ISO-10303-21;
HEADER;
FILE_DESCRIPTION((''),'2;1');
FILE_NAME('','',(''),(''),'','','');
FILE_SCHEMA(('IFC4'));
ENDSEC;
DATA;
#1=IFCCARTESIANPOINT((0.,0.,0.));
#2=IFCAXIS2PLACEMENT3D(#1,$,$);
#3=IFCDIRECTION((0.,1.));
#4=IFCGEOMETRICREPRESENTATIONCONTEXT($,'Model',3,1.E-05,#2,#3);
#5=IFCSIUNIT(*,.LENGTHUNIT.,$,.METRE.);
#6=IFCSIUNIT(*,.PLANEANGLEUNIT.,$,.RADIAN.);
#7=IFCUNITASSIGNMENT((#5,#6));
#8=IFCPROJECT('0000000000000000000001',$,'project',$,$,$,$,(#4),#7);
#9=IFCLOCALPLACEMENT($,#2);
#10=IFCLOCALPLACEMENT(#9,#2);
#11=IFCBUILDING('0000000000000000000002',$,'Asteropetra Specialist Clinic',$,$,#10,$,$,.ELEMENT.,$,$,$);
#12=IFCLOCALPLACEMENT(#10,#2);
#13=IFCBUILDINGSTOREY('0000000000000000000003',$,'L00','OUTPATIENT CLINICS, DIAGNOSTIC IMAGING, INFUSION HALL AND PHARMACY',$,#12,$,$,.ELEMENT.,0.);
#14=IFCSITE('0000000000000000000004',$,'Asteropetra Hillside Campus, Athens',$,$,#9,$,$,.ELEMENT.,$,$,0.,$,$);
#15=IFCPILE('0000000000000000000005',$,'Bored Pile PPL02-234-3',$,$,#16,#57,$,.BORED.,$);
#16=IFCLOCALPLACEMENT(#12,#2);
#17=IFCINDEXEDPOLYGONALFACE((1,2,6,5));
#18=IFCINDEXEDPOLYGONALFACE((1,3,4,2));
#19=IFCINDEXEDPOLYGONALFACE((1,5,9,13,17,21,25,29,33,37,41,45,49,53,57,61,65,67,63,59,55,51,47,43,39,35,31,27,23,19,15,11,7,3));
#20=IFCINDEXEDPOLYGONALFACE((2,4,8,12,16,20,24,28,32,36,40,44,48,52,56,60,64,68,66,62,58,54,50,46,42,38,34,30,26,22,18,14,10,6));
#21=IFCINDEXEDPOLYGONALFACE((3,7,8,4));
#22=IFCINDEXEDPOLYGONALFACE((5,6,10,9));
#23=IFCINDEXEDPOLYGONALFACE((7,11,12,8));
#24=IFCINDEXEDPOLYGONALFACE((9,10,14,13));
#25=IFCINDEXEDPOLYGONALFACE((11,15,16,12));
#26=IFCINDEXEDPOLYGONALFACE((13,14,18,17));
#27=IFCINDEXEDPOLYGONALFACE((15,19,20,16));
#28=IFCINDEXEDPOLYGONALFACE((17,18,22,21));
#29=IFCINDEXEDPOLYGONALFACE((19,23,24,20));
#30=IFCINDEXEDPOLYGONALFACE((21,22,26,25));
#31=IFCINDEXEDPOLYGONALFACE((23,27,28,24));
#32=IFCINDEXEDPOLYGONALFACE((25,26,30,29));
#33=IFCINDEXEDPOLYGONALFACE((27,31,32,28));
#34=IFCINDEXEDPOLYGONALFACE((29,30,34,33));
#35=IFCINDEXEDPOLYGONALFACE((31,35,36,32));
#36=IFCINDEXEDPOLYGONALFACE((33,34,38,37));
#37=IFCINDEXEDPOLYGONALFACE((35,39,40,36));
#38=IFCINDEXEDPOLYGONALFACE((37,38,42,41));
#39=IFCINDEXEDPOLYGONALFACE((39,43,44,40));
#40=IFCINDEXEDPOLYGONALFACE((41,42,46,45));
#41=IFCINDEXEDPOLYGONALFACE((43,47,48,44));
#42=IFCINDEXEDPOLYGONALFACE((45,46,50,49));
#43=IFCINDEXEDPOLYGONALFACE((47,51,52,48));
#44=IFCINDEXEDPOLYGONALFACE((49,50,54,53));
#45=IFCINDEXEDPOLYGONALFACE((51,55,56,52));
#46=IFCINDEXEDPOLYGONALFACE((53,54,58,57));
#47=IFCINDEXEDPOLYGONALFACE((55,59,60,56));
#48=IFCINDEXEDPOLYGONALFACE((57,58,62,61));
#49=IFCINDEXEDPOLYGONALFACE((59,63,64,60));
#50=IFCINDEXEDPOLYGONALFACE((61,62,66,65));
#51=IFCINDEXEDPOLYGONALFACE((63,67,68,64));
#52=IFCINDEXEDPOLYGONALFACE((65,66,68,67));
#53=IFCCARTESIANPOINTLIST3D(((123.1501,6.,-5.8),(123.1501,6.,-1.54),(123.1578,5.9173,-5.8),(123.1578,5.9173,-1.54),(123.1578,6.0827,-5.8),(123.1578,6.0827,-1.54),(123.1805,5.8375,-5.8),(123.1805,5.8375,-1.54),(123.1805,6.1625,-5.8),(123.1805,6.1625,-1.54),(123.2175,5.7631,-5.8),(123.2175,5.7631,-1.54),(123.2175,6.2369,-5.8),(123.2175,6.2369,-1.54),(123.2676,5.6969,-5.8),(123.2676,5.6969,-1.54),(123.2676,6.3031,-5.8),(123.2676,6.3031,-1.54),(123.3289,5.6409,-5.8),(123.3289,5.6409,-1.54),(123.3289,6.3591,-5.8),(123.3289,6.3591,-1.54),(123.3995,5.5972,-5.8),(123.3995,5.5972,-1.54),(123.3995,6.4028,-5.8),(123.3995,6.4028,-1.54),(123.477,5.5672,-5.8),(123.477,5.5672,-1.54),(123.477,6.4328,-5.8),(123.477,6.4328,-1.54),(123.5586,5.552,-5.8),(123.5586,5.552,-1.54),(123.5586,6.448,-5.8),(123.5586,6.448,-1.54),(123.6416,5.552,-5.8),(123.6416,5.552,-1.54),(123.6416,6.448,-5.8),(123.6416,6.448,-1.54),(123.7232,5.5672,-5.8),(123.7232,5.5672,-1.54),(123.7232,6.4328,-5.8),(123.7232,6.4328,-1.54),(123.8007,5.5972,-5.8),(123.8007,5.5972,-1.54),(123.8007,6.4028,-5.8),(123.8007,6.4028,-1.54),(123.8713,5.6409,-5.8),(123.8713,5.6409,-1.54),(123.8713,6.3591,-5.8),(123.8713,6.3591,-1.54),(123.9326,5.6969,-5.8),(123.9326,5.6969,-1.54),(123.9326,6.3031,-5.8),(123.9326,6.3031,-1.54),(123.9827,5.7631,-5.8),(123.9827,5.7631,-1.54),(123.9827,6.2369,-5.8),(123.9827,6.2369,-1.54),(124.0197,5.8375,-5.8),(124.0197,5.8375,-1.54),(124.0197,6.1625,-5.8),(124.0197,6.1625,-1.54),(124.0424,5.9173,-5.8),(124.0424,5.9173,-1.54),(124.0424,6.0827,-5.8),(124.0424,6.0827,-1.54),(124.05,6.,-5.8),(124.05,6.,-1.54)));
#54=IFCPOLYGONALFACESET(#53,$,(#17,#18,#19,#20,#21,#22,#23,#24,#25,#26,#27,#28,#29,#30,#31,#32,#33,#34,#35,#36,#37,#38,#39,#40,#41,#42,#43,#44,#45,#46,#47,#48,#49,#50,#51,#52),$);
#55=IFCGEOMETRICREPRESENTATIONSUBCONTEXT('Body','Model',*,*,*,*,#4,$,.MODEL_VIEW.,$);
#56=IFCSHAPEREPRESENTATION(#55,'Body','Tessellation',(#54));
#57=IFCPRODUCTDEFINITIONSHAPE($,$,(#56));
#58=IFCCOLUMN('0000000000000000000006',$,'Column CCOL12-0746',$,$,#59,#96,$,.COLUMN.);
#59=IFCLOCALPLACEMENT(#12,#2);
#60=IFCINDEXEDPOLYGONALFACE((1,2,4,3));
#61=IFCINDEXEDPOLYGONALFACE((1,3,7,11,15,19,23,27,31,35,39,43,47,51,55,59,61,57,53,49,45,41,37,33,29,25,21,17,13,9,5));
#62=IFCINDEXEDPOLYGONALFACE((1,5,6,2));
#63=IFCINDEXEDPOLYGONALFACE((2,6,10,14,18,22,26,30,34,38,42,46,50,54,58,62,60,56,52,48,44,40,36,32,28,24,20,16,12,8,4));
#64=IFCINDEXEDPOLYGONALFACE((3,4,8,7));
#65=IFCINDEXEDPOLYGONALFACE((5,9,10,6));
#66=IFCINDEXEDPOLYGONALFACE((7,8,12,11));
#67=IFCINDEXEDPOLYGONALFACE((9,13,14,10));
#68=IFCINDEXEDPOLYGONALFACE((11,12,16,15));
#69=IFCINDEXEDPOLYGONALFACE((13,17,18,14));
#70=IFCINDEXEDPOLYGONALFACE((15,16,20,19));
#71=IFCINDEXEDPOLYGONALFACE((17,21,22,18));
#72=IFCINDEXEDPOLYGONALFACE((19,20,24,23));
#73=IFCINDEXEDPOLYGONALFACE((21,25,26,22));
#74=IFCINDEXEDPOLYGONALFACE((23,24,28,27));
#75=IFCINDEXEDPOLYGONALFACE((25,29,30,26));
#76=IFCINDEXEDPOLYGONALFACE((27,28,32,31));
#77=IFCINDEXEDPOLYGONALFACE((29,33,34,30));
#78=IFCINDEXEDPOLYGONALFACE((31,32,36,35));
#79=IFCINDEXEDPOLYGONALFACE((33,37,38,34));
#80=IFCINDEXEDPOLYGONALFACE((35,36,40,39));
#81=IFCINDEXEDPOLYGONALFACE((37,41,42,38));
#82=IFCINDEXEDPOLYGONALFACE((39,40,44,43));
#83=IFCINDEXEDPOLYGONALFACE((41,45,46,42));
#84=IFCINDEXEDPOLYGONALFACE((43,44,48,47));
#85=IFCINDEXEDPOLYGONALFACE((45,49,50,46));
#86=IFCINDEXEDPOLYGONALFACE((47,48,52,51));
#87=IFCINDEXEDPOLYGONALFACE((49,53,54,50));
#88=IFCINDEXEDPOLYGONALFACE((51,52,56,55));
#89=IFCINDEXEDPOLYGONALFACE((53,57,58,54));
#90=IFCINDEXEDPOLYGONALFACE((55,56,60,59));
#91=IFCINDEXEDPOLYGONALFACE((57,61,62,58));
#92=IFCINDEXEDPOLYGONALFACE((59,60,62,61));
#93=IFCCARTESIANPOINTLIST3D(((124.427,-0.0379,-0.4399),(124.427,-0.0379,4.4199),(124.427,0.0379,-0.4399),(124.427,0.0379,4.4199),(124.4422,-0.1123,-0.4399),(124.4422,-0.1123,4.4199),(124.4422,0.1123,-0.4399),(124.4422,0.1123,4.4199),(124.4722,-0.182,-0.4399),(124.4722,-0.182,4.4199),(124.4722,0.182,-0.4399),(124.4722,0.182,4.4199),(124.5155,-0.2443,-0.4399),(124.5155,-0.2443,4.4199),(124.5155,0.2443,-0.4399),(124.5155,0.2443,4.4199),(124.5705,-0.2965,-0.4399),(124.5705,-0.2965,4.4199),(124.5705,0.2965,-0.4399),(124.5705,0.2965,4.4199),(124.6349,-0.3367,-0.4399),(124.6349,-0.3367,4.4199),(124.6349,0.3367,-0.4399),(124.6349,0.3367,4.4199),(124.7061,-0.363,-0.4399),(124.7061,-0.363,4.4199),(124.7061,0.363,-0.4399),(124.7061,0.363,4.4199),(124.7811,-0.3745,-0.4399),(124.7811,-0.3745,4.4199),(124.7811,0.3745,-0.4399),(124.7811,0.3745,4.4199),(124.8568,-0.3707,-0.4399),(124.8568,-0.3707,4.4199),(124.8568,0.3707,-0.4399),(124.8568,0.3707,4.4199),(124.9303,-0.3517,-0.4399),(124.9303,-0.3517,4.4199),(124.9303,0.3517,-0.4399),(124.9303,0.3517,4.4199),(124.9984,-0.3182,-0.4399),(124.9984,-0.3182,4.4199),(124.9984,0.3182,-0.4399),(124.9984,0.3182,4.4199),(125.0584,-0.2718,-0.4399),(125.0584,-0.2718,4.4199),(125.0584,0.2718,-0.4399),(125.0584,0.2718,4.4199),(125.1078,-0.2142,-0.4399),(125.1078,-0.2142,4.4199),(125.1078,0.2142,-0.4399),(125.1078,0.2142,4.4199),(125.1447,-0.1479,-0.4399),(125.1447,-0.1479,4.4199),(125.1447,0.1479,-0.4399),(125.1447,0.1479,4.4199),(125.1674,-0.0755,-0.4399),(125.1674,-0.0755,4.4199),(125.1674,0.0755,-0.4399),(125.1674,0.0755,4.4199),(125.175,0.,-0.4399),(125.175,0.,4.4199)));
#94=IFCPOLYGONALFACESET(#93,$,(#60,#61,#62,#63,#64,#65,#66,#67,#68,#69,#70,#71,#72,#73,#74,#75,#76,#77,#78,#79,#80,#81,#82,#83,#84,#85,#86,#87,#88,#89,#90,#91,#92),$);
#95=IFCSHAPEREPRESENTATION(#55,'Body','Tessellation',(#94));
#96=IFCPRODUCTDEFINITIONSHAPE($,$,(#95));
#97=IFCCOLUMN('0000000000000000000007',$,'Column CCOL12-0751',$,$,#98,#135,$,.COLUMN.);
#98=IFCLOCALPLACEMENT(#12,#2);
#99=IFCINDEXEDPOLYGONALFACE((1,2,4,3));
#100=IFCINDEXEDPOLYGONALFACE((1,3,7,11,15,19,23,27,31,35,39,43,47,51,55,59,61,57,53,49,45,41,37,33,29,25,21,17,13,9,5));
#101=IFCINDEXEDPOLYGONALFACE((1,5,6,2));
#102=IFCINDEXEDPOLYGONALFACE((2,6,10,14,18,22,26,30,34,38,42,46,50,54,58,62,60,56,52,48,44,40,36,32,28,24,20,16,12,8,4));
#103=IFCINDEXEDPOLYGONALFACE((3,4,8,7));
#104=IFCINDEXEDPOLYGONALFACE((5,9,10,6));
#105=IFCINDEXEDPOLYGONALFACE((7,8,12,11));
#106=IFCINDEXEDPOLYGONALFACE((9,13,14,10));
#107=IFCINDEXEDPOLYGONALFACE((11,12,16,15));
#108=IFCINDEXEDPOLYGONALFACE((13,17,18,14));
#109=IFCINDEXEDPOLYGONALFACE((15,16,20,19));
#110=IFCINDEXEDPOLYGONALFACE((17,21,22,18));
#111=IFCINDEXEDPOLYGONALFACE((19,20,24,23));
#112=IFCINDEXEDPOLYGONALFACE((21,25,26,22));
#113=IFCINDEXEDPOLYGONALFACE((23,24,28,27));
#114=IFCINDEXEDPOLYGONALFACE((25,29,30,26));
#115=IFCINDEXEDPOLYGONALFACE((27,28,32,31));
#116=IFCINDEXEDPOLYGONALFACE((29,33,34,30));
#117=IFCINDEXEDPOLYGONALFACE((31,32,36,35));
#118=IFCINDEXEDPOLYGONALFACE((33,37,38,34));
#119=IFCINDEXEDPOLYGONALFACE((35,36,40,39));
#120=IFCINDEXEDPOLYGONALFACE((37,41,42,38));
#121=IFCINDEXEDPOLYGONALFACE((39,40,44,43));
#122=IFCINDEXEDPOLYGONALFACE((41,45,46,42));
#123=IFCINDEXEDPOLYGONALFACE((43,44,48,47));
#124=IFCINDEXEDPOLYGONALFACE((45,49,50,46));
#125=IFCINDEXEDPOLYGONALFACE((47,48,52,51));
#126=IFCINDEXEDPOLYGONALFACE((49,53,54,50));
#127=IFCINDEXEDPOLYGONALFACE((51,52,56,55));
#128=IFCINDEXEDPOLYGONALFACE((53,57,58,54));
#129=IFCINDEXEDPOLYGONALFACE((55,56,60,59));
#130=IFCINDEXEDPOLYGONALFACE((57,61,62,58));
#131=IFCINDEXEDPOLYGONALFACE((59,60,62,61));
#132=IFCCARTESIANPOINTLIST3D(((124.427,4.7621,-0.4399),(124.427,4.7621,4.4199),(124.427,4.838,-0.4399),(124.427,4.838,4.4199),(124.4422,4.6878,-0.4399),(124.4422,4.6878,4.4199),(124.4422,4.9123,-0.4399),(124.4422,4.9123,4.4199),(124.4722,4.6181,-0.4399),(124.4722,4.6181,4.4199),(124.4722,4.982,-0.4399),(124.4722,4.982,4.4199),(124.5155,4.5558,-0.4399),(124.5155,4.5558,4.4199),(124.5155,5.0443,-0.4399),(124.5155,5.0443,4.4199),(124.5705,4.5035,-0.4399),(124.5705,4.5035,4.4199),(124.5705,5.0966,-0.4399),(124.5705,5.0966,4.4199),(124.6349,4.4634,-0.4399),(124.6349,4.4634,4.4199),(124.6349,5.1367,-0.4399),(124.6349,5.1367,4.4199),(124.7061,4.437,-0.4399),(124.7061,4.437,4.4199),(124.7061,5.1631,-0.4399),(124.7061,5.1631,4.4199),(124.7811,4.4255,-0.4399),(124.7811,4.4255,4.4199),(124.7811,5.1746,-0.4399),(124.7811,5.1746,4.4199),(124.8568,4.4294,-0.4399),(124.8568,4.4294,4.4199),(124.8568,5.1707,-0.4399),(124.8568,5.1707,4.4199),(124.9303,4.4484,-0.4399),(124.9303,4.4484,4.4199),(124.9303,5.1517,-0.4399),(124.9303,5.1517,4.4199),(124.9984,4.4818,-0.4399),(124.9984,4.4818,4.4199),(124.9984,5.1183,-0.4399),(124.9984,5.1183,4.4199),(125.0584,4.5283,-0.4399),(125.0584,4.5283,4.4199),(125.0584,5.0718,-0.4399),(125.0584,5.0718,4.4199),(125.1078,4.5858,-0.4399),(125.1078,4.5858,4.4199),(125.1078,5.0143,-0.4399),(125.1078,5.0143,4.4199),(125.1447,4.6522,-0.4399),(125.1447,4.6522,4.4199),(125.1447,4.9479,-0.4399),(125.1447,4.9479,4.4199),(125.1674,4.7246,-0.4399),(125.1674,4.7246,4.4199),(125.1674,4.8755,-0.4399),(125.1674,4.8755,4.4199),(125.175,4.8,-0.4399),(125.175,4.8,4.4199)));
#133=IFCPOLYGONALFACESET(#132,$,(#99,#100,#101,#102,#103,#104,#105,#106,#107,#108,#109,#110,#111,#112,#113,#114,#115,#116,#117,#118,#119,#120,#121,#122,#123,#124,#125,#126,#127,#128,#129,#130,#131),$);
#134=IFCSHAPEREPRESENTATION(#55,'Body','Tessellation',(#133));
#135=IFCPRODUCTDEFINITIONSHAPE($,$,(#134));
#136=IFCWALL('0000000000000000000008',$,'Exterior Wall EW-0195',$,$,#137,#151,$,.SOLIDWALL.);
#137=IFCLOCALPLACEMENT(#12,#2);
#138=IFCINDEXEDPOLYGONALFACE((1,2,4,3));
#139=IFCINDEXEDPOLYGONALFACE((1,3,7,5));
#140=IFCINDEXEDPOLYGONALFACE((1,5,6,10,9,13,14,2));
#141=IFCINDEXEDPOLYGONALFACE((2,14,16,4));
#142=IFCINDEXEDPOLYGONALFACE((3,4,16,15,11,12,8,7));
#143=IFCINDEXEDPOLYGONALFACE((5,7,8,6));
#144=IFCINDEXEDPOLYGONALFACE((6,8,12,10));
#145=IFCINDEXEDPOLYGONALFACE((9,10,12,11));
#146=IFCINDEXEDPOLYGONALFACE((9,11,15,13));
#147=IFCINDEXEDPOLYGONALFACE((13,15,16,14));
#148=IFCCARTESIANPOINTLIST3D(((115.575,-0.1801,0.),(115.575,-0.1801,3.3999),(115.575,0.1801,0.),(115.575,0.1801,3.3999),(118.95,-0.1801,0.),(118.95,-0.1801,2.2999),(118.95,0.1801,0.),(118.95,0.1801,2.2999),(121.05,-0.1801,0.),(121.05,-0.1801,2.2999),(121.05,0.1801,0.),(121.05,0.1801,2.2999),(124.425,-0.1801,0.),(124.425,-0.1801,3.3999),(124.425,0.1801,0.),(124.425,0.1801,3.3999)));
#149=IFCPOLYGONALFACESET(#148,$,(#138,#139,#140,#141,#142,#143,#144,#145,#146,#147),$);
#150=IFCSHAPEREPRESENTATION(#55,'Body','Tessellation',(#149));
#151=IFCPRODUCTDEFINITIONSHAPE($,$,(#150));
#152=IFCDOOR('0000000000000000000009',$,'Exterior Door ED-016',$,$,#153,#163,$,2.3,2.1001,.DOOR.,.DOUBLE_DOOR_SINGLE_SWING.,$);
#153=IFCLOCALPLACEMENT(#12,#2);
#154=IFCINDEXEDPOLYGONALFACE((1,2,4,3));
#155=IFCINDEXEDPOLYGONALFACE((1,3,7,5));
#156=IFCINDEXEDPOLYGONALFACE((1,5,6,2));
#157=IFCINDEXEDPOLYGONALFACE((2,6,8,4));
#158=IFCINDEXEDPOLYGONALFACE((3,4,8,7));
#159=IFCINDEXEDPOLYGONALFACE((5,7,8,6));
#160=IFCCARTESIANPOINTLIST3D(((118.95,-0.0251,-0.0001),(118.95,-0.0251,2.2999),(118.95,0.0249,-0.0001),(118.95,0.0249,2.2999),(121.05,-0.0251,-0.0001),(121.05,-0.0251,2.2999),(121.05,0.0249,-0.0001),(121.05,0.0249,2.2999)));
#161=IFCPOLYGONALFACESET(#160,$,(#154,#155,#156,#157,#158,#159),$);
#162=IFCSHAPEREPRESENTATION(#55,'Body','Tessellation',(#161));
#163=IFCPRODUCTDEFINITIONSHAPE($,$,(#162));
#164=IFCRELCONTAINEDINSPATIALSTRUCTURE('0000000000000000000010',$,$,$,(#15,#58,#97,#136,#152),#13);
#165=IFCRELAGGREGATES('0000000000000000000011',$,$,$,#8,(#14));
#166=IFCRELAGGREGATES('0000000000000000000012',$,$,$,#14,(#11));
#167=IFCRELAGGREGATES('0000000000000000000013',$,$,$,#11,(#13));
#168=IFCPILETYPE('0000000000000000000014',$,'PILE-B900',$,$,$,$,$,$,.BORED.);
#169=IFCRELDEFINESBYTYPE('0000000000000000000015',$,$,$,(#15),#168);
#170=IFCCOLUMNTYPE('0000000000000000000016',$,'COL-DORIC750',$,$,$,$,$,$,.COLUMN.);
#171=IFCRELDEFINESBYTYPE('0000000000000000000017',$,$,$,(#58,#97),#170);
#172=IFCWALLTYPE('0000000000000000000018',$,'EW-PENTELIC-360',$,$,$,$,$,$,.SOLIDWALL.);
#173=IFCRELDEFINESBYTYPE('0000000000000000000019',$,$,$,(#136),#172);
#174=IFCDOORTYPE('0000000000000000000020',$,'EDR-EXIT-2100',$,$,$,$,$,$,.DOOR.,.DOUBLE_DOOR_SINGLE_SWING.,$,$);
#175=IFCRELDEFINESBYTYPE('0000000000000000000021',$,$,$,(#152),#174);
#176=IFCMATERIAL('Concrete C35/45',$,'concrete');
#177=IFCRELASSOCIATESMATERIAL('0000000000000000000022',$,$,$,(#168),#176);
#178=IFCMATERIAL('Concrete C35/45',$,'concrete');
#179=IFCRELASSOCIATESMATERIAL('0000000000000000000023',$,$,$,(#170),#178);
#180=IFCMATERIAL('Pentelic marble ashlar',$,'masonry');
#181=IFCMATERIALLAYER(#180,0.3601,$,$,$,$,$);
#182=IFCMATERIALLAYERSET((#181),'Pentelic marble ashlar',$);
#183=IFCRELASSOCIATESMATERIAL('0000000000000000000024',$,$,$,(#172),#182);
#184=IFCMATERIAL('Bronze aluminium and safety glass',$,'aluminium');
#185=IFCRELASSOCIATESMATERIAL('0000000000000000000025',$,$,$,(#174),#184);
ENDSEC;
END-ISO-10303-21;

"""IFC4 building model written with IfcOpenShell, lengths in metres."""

from ifc_helpers import new_model, si_unit, direction, frame, frame_2d, origin, origin_2d, place, context, subcontext, project, spatial, rectangle, circle, extrude, material, layer, layer_set, material_profile, profile_set, type_object, element, fill, save


model = new_model("IFC4")

# Units and contexts
model_context = context("Model", 3, precision=1e-05, world=origin(), true_north=direction((0.0, 1.0)))
body_context = subcontext(model_context, "Body", "Model", "MODEL_VIEW")
ifc_project = project(units=[si_unit("LENGTHUNIT", "METRE"), si_unit("PLANEANGLEUNIT", "RADIAN")], contexts=[model_context])

# Site, building, storey
site_placement = place(None, origin())
site = spatial("IfcSite", under=ifc_project, at=site_placement, Name="Asteropetra Hillside Campus, Athens", CompositionType="ELEMENT", RefElevation=0.0)
building_placement = place(site_placement, origin())
building = spatial("IfcBuilding", under=site, at=building_placement, Name="Asteropetra Specialist Clinic", CompositionType="ELEMENT")
storey_placement = place(building_placement, origin())
storey = spatial("IfcBuildingStorey", under=building, at=storey_placement, Name="L00", Description="OUTPATIENT CLINICS, DIAGNOSTIC IMAGING, INFUSION HALL AND PHARMACY", CompositionType="ELEMENT", Elevation=0.0)

# Pile
ifc_material_1 = material(Name="Concrete C35/45", Category="concrete")
ifc_material_profile_1 = material_profile(ifc_material_1, circle(Radius=0.45, at=origin_2d()), Name="PILE D900")
ifc_profile_set_1 = profile_set([ifc_material_profile_1], Name="Concrete C35/45")
pile_type_1 = type_object("IfcPileType", Name="PILE-B900", PredefinedType="BORED", material=ifc_profile_set_1)
for number, where, z_axis, x_axis, name in (
    (1, (123.6001, 6.0, -1.54), (0.0, 0.0, -1.0), (1.0, 0.0, 0.0), "Bored Pile PPL02-234-3"),
):
    element("IfcPile", number, at=place(storey_placement, frame(where, z_axis=z_axis, x_axis=x_axis)), inside=storey, type_object=pile_type_1, Name=name, PredefinedType="BORED", context=body_context, shape_type="SweptSolid", body=[
        extrude(circle(Radius=0.45, at=origin_2d()), origin(), (0.0, 0.0, 1.0), 4.26),
    ])

# Columns
ifc_material_2 = material(Name="Concrete C35/45", Category="concrete")
ifc_material_profile_2 = material_profile(ifc_material_2, circle(Radius=0.375, at=origin_2d()), Name="RCC D750")
ifc_profile_set_2 = profile_set([ifc_material_profile_2], Name="Concrete C35/45")
column_type = type_object("IfcColumnType", Name="COL-DORIC750", PredefinedType="COLUMN", material=ifc_profile_set_2)
for number, where, z_axis, x_axis, name in (
    (2, (124.8, 0.0, -0.4399), (0.0, 0.0, 1.0), (1.0, 0.0, 0.0), "Column CCOL12-0746"),
    (3, (124.8, 4.8, -0.4399), (0.0, 0.0, 1.0), (1.0, 0.0, 0.0), "Column CCOL12-0751"),
):
    element("IfcColumn", number, at=place(storey_placement, frame(where, z_axis=z_axis, x_axis=x_axis)), inside=storey, type_object=column_type, Name=name, PredefinedType="COLUMN", context=body_context, shape_type="SweptSolid", body=[
        extrude(circle(Radius=0.375, at=origin_2d()), origin(), (0.0, 0.0, 1.0), 4.8599),
    ])

# Wall, opening, door
ifc_material_3 = material(Name="Pentelic marble ashlar", Category="masonry")
ifc_layer_1 = layer(ifc_material_3, 0.3601)
ifc_layer_set_1 = layer_set([ifc_layer_1], Name="Pentelic marble ashlar")
wall_type_1 = type_object("IfcWallType", Name="EW-PENTELIC-360", PredefinedType="SOLIDWALL", material=ifc_layer_set_1)
wall_1_placement = place(storey_placement, frame((115.575, 0.0, 0.0), z_axis=(0.0, 0.0, 1.0), x_axis=(1.0, 0.0, 0.0)))
wall_1 = element("IfcWall", 4, at=wall_1_placement, inside=storey, type_object=wall_type_1, Name="Exterior Wall EW-0195", PredefinedType="SOLIDWALL", context=body_context, shape_type="SweptSolid", body=[
    extrude(rectangle(XDim=8.8501, YDim=0.3601, at=frame_2d((4.425, 0.0))), origin(), (0.0, 0.0, 1.0), 3.3999),
])
opening_1_placement = place(wall_1_placement, frame((3.375, 0.0, 0.0)))
opening_1 = element("IfcOpeningElement", 5, at=opening_1_placement, cuts=wall_1, PredefinedType="OPENING", context=body_context, shape_type="SweptSolid", body=[
    extrude(rectangle(XDim=2.1001, YDim=2.3, at=frame_2d((1.05, 1.1499))), frame((0.0, 0.1899, 0.0), z_axis=(0.0, -1.0, 0.0), x_axis=(1.0, 0.0, 0.0)), (0.0, 0.0, 1.0), 0.3801),
])
ifc_material_4 = material(Name="Bronze aluminium and safety glass", Category="aluminium")
door_type_1 = type_object("IfcDoorType", Name="EDR-EXIT-2100", OperationType="DOUBLE_DOOR_SINGLE_SWING", PredefinedType="DOOR", material=ifc_material_4)
door_1_placement = place(opening_1_placement, origin())
door_1 = element("IfcDoor", 6, at=door_1_placement, inside=storey, type_object=door_type_1, Name="Exterior Door ED-016", OperationType="DOUBLE_DOOR_SINGLE_SWING", OverallHeight=2.3, OverallWidth=2.1001, PredefinedType="DOOR", context=body_context, shape_type="SweptSolid", body=[
    extrude(rectangle(XDim=2.1001, YDim=2.3, at=frame_2d((1.05, 1.1499))), frame((0.0, 0.0249, 0.0), z_axis=(0.0, -1.0, 0.0), x_axis=(1.0, 0.0, 0.0)), (0.0, 0.0, 1.0), 0.05),
])
fill(opening_1, door_1)

save(model, "model.ifc")
